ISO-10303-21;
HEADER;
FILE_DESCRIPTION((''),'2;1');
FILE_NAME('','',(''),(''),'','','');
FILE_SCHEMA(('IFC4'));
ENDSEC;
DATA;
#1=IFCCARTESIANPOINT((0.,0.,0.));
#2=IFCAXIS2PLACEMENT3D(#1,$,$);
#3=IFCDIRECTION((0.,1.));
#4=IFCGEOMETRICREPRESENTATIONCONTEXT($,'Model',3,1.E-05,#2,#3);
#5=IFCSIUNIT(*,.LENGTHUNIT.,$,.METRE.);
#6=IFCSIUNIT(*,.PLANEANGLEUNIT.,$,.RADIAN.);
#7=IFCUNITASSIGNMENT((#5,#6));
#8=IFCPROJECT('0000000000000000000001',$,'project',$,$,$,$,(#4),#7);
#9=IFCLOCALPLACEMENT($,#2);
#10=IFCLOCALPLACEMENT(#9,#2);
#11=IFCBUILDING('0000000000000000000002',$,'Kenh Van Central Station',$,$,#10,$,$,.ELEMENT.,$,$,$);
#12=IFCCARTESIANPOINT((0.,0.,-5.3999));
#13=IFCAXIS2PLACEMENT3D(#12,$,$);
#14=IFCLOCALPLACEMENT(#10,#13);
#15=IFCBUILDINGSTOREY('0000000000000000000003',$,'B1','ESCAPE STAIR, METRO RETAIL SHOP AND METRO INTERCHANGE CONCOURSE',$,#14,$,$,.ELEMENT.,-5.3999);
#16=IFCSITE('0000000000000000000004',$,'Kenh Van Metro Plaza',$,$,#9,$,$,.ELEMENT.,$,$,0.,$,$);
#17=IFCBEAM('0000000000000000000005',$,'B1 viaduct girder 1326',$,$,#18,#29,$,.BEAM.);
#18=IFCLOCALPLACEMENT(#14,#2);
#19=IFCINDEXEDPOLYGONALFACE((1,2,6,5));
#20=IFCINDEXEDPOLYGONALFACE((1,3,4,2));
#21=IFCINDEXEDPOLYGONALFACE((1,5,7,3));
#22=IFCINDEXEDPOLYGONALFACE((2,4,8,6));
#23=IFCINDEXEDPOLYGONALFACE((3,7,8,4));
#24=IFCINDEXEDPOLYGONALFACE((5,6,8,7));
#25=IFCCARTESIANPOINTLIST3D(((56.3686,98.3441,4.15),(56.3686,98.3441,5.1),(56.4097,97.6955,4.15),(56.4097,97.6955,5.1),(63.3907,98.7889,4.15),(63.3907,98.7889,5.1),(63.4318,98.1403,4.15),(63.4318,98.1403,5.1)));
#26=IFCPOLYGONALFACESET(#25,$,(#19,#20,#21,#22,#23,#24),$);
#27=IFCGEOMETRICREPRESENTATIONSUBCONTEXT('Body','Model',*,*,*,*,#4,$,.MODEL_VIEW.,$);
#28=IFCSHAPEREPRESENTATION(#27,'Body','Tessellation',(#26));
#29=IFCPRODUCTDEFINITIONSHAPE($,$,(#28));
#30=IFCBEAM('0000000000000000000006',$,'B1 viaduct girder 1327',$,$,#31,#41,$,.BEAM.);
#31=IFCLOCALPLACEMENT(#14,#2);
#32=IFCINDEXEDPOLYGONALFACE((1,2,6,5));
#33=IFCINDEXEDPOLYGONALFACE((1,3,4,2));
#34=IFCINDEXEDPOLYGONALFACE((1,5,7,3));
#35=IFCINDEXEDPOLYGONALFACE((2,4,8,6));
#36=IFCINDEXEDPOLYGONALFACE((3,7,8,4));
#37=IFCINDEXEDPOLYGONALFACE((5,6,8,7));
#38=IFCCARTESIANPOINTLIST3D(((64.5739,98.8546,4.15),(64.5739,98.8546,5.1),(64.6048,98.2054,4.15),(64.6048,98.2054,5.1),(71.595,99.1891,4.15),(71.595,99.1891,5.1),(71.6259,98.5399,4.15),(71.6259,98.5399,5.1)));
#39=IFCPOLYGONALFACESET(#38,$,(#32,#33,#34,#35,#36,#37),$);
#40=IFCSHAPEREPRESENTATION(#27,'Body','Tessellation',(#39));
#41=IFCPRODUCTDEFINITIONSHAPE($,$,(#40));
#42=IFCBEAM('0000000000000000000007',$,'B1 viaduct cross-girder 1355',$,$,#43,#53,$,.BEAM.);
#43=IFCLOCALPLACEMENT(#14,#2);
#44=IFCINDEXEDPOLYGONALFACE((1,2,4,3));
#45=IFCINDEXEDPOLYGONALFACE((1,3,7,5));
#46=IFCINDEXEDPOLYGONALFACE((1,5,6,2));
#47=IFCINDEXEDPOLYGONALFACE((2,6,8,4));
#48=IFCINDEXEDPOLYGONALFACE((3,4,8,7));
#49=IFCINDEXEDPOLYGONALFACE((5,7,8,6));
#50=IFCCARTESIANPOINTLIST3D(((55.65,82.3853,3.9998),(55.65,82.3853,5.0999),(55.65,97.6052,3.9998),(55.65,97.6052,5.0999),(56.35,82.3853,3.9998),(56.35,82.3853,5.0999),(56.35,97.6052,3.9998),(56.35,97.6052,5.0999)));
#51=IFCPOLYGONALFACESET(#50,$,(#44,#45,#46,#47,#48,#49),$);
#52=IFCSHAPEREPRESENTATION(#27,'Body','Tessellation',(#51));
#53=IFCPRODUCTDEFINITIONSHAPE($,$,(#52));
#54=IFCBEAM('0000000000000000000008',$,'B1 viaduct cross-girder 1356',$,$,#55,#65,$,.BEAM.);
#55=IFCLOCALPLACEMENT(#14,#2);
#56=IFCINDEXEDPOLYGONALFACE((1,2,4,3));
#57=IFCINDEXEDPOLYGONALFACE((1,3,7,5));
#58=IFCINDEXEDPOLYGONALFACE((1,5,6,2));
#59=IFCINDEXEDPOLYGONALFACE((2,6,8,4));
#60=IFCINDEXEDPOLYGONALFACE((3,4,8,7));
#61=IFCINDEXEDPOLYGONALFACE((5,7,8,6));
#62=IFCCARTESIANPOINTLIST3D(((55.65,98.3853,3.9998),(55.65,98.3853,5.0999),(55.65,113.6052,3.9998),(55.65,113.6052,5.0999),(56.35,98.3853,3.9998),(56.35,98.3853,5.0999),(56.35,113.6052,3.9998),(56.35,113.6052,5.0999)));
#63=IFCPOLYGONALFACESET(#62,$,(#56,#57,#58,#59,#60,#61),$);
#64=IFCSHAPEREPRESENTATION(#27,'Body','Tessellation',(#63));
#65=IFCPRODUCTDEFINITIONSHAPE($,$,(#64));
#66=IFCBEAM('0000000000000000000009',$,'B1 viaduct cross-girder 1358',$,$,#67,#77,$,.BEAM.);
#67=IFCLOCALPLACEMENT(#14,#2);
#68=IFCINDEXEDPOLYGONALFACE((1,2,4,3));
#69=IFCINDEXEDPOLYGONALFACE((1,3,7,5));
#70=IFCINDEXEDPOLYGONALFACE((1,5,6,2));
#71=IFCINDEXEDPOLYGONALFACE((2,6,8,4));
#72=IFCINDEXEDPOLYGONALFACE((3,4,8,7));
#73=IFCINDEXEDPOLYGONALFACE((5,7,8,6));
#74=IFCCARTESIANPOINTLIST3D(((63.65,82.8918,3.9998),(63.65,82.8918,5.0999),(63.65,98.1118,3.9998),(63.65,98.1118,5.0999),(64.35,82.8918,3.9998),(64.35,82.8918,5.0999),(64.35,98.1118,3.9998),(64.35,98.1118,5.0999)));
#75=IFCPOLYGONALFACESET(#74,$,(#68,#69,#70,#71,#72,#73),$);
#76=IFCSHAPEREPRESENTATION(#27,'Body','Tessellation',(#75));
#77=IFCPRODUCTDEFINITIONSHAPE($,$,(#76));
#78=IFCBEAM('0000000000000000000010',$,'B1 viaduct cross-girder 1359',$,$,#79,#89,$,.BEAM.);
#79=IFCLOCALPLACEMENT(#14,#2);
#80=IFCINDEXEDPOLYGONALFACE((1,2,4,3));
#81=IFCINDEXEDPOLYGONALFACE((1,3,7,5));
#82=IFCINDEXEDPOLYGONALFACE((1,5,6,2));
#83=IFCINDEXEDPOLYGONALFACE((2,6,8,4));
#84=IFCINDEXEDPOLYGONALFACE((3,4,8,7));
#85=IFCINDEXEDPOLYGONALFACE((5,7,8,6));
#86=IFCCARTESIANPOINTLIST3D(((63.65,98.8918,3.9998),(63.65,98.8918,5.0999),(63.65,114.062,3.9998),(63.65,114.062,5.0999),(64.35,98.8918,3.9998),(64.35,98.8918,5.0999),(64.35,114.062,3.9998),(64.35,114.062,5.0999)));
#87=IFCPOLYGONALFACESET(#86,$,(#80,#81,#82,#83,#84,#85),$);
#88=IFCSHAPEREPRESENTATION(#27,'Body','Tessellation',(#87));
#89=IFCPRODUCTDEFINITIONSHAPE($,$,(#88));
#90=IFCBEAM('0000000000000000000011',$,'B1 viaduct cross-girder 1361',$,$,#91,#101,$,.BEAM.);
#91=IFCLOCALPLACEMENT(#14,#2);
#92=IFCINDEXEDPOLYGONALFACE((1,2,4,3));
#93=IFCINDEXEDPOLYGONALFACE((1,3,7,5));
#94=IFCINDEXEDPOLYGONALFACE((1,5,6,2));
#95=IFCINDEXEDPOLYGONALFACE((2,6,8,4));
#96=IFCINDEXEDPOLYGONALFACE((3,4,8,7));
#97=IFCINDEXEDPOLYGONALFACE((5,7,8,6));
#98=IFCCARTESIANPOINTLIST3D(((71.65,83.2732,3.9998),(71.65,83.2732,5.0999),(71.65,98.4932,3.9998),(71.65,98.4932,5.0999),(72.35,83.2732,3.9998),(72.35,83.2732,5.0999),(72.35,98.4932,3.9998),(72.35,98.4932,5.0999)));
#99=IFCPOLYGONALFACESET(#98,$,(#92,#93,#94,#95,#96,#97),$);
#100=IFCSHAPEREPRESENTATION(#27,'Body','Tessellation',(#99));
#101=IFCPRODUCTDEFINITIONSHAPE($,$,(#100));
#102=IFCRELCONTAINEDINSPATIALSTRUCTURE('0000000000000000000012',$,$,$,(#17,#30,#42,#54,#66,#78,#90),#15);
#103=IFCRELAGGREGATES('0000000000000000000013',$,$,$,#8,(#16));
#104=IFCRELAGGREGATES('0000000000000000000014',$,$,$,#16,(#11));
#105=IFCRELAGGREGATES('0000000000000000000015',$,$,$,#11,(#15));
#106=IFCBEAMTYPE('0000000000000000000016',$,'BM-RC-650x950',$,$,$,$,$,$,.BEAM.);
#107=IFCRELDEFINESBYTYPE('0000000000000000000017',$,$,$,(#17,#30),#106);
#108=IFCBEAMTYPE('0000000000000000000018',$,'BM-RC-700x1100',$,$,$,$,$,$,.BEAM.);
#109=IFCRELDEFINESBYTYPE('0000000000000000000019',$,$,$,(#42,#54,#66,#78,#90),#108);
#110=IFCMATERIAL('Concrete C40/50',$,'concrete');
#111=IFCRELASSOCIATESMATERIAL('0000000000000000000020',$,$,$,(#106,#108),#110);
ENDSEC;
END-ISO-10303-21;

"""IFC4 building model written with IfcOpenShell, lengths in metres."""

from ifc_helpers import new_model, si_unit, direction, frame, origin, origin_2d, place, context, subcontext, project, spatial, rectangle, extrude, material, material_profile, profile_set, type_object, element, save


model = new_model("IFC4")

# Units and contexts
model_context = context("Model", 3, precision=1e-05, world=origin(), true_north=direction((0.0, 1.0)))
body_context = subcontext(model_context, "Body", "Model", "MODEL_VIEW")
ifc_project = project(units=[si_unit("LENGTHUNIT", "METRE"), si_unit("PLANEANGLEUNIT", "RADIAN")], contexts=[model_context])

# Site, building, storey
site_placement = place(None, origin())
site = spatial("IfcSite", under=ifc_project, at=site_placement, Name="Kenh Van Metro Plaza", CompositionType="ELEMENT", RefElevation=0.0)
building_placement = place(site_placement, origin())
building = spatial("IfcBuilding", under=site, at=building_placement, Name="Kenh Van Central Station", CompositionType="ELEMENT")
storey_placement = place(building_placement, frame((0.0, 0.0, -5.3999)))
storey = spatial("IfcBuildingStorey", under=building, at=storey_placement, Name="B1", Description="ESCAPE STAIR, METRO RETAIL SHOP AND METRO INTERCHANGE CONCOURSE", CompositionType="ELEMENT", Elevation=-5.3999)

# Shared definitions
ifc_material = material(Name="Concrete C40/50", Category="concrete")

# Beams
ifc_material_profile_1 = material_profile(ifc_material, rectangle(XDim=0.6499, YDim=0.95, at=origin_2d()), Name="RC 650x950")
ifc_profile_set_1 = profile_set([ifc_material_profile_1], Name="Concrete C40/50")
beam_type_1 = type_object("IfcBeamType", Name="BM-RC-650x950", PredefinedType="BEAM", material=ifc_profile_set_1)
beam_1_placement = place(storey_placement, frame((56.3892, 98.0198, 4.625), z_axis=(0.998, 0.063221, 0.0), x_axis=(-0.063221, 0.998, 0.0)))
element("IfcBeam", 1, at=beam_1_placement, inside=storey, type_object=beam_type_1, Name="B1 viaduct girder 1326", PredefinedType="BEAM", context=body_context, shape_type="SweptSolid", body=[
    extrude(rectangle(XDim=0.6499, YDim=0.95, at=origin_2d()), origin(), (0.0, 0.0, 1.0), 7.0361),
])
beam_2_placement = place(storey_placement, frame((64.5894, 98.53, 4.625), z_axis=(0.998867, 0.047585, 0.0), x_axis=(-0.047585, 0.998867, 0.0)))
element("IfcBeam", 2, at=beam_2_placement, inside=storey, type_object=beam_type_1, Name="B1 viaduct girder 1327", PredefinedType="BEAM", context=body_context, shape_type="SweptSolid", body=[
    extrude(rectangle(XDim=0.6499, YDim=0.95, at=origin_2d()), origin(), (0.0, 0.0, 1.0), 7.0291),
])
ifc_material_profile_2 = material_profile(ifc_material, rectangle(XDim=0.7, YDim=1.1001, at=origin_2d()), Name="RC 700x1100")
ifc_profile_set_2 = profile_set([ifc_material_profile_2], Name="Concrete C40/50")
beam_type_2 = type_object("IfcBeamType", Name="BM-RC-700x1100", PredefinedType="BEAM", material=ifc_profile_set_2)
for number, where, z_axis, x_axis, name in (
    (3, (56.0, 82.3853, 4.5498), (0.0, 1.0, 0.0), (-1.0, 0.0, 0.0), "B1 viaduct cross-girder 1355"),
    (4, (56.0, 98.3853, 4.5498), (0.0, 1.0, 0.0), (-1.0, 0.0, 0.0), "B1 viaduct cross-girder 1356"),
    (5, (64.0, 82.8918, 4.5498), (0.0, 1.0, 0.0), (-1.0, 0.0, 0.0), "B1 viaduct cross-girder 1358"),
):
    element("IfcBeam", number, at=place(storey_placement, frame(where, z_axis=z_axis, x_axis=x_axis)), inside=storey, type_object=beam_type_2, Name=name, PredefinedType="BEAM", context=body_context, shape_type="SweptSolid", body=[
        extrude(rectangle(XDim=0.7, YDim=1.1001, at=origin_2d()), origin(), (0.0, 0.0, 1.0), 15.22),
    ])
beam_3_placement = place(storey_placement, frame((64.0, 98.8918, 4.5498), z_axis=(0.0, 1.0, 0.0), x_axis=(-1.0, 0.0, 0.0)))
element("IfcBeam", 6, at=beam_3_placement, inside=storey, type_object=beam_type_2, Name="B1 viaduct cross-girder 1359", PredefinedType="BEAM", context=body_context, shape_type="SweptSolid", body=[
    extrude(rectangle(XDim=0.7, YDim=1.1001, at=origin_2d()), origin(), (0.0, 0.0, 1.0), 15.1702),
])
beam_4_placement = place(storey_placement, frame((72.0, 83.2732, 4.5498), z_axis=(0.0, 1.0, 0.0), x_axis=(-1.0, 0.0, 0.0)))
element("IfcBeam", 7, at=beam_4_placement, inside=storey, type_object=beam_type_2, Name="B1 viaduct cross-girder 1361", PredefinedType="BEAM", context=body_context, shape_type="SweptSolid", body=[
    extrude(rectangle(XDim=0.7, YDim=1.1001, at=origin_2d()), origin(), (0.0, 0.0, 1.0), 15.22),
])

save(model, "model.ifc")
